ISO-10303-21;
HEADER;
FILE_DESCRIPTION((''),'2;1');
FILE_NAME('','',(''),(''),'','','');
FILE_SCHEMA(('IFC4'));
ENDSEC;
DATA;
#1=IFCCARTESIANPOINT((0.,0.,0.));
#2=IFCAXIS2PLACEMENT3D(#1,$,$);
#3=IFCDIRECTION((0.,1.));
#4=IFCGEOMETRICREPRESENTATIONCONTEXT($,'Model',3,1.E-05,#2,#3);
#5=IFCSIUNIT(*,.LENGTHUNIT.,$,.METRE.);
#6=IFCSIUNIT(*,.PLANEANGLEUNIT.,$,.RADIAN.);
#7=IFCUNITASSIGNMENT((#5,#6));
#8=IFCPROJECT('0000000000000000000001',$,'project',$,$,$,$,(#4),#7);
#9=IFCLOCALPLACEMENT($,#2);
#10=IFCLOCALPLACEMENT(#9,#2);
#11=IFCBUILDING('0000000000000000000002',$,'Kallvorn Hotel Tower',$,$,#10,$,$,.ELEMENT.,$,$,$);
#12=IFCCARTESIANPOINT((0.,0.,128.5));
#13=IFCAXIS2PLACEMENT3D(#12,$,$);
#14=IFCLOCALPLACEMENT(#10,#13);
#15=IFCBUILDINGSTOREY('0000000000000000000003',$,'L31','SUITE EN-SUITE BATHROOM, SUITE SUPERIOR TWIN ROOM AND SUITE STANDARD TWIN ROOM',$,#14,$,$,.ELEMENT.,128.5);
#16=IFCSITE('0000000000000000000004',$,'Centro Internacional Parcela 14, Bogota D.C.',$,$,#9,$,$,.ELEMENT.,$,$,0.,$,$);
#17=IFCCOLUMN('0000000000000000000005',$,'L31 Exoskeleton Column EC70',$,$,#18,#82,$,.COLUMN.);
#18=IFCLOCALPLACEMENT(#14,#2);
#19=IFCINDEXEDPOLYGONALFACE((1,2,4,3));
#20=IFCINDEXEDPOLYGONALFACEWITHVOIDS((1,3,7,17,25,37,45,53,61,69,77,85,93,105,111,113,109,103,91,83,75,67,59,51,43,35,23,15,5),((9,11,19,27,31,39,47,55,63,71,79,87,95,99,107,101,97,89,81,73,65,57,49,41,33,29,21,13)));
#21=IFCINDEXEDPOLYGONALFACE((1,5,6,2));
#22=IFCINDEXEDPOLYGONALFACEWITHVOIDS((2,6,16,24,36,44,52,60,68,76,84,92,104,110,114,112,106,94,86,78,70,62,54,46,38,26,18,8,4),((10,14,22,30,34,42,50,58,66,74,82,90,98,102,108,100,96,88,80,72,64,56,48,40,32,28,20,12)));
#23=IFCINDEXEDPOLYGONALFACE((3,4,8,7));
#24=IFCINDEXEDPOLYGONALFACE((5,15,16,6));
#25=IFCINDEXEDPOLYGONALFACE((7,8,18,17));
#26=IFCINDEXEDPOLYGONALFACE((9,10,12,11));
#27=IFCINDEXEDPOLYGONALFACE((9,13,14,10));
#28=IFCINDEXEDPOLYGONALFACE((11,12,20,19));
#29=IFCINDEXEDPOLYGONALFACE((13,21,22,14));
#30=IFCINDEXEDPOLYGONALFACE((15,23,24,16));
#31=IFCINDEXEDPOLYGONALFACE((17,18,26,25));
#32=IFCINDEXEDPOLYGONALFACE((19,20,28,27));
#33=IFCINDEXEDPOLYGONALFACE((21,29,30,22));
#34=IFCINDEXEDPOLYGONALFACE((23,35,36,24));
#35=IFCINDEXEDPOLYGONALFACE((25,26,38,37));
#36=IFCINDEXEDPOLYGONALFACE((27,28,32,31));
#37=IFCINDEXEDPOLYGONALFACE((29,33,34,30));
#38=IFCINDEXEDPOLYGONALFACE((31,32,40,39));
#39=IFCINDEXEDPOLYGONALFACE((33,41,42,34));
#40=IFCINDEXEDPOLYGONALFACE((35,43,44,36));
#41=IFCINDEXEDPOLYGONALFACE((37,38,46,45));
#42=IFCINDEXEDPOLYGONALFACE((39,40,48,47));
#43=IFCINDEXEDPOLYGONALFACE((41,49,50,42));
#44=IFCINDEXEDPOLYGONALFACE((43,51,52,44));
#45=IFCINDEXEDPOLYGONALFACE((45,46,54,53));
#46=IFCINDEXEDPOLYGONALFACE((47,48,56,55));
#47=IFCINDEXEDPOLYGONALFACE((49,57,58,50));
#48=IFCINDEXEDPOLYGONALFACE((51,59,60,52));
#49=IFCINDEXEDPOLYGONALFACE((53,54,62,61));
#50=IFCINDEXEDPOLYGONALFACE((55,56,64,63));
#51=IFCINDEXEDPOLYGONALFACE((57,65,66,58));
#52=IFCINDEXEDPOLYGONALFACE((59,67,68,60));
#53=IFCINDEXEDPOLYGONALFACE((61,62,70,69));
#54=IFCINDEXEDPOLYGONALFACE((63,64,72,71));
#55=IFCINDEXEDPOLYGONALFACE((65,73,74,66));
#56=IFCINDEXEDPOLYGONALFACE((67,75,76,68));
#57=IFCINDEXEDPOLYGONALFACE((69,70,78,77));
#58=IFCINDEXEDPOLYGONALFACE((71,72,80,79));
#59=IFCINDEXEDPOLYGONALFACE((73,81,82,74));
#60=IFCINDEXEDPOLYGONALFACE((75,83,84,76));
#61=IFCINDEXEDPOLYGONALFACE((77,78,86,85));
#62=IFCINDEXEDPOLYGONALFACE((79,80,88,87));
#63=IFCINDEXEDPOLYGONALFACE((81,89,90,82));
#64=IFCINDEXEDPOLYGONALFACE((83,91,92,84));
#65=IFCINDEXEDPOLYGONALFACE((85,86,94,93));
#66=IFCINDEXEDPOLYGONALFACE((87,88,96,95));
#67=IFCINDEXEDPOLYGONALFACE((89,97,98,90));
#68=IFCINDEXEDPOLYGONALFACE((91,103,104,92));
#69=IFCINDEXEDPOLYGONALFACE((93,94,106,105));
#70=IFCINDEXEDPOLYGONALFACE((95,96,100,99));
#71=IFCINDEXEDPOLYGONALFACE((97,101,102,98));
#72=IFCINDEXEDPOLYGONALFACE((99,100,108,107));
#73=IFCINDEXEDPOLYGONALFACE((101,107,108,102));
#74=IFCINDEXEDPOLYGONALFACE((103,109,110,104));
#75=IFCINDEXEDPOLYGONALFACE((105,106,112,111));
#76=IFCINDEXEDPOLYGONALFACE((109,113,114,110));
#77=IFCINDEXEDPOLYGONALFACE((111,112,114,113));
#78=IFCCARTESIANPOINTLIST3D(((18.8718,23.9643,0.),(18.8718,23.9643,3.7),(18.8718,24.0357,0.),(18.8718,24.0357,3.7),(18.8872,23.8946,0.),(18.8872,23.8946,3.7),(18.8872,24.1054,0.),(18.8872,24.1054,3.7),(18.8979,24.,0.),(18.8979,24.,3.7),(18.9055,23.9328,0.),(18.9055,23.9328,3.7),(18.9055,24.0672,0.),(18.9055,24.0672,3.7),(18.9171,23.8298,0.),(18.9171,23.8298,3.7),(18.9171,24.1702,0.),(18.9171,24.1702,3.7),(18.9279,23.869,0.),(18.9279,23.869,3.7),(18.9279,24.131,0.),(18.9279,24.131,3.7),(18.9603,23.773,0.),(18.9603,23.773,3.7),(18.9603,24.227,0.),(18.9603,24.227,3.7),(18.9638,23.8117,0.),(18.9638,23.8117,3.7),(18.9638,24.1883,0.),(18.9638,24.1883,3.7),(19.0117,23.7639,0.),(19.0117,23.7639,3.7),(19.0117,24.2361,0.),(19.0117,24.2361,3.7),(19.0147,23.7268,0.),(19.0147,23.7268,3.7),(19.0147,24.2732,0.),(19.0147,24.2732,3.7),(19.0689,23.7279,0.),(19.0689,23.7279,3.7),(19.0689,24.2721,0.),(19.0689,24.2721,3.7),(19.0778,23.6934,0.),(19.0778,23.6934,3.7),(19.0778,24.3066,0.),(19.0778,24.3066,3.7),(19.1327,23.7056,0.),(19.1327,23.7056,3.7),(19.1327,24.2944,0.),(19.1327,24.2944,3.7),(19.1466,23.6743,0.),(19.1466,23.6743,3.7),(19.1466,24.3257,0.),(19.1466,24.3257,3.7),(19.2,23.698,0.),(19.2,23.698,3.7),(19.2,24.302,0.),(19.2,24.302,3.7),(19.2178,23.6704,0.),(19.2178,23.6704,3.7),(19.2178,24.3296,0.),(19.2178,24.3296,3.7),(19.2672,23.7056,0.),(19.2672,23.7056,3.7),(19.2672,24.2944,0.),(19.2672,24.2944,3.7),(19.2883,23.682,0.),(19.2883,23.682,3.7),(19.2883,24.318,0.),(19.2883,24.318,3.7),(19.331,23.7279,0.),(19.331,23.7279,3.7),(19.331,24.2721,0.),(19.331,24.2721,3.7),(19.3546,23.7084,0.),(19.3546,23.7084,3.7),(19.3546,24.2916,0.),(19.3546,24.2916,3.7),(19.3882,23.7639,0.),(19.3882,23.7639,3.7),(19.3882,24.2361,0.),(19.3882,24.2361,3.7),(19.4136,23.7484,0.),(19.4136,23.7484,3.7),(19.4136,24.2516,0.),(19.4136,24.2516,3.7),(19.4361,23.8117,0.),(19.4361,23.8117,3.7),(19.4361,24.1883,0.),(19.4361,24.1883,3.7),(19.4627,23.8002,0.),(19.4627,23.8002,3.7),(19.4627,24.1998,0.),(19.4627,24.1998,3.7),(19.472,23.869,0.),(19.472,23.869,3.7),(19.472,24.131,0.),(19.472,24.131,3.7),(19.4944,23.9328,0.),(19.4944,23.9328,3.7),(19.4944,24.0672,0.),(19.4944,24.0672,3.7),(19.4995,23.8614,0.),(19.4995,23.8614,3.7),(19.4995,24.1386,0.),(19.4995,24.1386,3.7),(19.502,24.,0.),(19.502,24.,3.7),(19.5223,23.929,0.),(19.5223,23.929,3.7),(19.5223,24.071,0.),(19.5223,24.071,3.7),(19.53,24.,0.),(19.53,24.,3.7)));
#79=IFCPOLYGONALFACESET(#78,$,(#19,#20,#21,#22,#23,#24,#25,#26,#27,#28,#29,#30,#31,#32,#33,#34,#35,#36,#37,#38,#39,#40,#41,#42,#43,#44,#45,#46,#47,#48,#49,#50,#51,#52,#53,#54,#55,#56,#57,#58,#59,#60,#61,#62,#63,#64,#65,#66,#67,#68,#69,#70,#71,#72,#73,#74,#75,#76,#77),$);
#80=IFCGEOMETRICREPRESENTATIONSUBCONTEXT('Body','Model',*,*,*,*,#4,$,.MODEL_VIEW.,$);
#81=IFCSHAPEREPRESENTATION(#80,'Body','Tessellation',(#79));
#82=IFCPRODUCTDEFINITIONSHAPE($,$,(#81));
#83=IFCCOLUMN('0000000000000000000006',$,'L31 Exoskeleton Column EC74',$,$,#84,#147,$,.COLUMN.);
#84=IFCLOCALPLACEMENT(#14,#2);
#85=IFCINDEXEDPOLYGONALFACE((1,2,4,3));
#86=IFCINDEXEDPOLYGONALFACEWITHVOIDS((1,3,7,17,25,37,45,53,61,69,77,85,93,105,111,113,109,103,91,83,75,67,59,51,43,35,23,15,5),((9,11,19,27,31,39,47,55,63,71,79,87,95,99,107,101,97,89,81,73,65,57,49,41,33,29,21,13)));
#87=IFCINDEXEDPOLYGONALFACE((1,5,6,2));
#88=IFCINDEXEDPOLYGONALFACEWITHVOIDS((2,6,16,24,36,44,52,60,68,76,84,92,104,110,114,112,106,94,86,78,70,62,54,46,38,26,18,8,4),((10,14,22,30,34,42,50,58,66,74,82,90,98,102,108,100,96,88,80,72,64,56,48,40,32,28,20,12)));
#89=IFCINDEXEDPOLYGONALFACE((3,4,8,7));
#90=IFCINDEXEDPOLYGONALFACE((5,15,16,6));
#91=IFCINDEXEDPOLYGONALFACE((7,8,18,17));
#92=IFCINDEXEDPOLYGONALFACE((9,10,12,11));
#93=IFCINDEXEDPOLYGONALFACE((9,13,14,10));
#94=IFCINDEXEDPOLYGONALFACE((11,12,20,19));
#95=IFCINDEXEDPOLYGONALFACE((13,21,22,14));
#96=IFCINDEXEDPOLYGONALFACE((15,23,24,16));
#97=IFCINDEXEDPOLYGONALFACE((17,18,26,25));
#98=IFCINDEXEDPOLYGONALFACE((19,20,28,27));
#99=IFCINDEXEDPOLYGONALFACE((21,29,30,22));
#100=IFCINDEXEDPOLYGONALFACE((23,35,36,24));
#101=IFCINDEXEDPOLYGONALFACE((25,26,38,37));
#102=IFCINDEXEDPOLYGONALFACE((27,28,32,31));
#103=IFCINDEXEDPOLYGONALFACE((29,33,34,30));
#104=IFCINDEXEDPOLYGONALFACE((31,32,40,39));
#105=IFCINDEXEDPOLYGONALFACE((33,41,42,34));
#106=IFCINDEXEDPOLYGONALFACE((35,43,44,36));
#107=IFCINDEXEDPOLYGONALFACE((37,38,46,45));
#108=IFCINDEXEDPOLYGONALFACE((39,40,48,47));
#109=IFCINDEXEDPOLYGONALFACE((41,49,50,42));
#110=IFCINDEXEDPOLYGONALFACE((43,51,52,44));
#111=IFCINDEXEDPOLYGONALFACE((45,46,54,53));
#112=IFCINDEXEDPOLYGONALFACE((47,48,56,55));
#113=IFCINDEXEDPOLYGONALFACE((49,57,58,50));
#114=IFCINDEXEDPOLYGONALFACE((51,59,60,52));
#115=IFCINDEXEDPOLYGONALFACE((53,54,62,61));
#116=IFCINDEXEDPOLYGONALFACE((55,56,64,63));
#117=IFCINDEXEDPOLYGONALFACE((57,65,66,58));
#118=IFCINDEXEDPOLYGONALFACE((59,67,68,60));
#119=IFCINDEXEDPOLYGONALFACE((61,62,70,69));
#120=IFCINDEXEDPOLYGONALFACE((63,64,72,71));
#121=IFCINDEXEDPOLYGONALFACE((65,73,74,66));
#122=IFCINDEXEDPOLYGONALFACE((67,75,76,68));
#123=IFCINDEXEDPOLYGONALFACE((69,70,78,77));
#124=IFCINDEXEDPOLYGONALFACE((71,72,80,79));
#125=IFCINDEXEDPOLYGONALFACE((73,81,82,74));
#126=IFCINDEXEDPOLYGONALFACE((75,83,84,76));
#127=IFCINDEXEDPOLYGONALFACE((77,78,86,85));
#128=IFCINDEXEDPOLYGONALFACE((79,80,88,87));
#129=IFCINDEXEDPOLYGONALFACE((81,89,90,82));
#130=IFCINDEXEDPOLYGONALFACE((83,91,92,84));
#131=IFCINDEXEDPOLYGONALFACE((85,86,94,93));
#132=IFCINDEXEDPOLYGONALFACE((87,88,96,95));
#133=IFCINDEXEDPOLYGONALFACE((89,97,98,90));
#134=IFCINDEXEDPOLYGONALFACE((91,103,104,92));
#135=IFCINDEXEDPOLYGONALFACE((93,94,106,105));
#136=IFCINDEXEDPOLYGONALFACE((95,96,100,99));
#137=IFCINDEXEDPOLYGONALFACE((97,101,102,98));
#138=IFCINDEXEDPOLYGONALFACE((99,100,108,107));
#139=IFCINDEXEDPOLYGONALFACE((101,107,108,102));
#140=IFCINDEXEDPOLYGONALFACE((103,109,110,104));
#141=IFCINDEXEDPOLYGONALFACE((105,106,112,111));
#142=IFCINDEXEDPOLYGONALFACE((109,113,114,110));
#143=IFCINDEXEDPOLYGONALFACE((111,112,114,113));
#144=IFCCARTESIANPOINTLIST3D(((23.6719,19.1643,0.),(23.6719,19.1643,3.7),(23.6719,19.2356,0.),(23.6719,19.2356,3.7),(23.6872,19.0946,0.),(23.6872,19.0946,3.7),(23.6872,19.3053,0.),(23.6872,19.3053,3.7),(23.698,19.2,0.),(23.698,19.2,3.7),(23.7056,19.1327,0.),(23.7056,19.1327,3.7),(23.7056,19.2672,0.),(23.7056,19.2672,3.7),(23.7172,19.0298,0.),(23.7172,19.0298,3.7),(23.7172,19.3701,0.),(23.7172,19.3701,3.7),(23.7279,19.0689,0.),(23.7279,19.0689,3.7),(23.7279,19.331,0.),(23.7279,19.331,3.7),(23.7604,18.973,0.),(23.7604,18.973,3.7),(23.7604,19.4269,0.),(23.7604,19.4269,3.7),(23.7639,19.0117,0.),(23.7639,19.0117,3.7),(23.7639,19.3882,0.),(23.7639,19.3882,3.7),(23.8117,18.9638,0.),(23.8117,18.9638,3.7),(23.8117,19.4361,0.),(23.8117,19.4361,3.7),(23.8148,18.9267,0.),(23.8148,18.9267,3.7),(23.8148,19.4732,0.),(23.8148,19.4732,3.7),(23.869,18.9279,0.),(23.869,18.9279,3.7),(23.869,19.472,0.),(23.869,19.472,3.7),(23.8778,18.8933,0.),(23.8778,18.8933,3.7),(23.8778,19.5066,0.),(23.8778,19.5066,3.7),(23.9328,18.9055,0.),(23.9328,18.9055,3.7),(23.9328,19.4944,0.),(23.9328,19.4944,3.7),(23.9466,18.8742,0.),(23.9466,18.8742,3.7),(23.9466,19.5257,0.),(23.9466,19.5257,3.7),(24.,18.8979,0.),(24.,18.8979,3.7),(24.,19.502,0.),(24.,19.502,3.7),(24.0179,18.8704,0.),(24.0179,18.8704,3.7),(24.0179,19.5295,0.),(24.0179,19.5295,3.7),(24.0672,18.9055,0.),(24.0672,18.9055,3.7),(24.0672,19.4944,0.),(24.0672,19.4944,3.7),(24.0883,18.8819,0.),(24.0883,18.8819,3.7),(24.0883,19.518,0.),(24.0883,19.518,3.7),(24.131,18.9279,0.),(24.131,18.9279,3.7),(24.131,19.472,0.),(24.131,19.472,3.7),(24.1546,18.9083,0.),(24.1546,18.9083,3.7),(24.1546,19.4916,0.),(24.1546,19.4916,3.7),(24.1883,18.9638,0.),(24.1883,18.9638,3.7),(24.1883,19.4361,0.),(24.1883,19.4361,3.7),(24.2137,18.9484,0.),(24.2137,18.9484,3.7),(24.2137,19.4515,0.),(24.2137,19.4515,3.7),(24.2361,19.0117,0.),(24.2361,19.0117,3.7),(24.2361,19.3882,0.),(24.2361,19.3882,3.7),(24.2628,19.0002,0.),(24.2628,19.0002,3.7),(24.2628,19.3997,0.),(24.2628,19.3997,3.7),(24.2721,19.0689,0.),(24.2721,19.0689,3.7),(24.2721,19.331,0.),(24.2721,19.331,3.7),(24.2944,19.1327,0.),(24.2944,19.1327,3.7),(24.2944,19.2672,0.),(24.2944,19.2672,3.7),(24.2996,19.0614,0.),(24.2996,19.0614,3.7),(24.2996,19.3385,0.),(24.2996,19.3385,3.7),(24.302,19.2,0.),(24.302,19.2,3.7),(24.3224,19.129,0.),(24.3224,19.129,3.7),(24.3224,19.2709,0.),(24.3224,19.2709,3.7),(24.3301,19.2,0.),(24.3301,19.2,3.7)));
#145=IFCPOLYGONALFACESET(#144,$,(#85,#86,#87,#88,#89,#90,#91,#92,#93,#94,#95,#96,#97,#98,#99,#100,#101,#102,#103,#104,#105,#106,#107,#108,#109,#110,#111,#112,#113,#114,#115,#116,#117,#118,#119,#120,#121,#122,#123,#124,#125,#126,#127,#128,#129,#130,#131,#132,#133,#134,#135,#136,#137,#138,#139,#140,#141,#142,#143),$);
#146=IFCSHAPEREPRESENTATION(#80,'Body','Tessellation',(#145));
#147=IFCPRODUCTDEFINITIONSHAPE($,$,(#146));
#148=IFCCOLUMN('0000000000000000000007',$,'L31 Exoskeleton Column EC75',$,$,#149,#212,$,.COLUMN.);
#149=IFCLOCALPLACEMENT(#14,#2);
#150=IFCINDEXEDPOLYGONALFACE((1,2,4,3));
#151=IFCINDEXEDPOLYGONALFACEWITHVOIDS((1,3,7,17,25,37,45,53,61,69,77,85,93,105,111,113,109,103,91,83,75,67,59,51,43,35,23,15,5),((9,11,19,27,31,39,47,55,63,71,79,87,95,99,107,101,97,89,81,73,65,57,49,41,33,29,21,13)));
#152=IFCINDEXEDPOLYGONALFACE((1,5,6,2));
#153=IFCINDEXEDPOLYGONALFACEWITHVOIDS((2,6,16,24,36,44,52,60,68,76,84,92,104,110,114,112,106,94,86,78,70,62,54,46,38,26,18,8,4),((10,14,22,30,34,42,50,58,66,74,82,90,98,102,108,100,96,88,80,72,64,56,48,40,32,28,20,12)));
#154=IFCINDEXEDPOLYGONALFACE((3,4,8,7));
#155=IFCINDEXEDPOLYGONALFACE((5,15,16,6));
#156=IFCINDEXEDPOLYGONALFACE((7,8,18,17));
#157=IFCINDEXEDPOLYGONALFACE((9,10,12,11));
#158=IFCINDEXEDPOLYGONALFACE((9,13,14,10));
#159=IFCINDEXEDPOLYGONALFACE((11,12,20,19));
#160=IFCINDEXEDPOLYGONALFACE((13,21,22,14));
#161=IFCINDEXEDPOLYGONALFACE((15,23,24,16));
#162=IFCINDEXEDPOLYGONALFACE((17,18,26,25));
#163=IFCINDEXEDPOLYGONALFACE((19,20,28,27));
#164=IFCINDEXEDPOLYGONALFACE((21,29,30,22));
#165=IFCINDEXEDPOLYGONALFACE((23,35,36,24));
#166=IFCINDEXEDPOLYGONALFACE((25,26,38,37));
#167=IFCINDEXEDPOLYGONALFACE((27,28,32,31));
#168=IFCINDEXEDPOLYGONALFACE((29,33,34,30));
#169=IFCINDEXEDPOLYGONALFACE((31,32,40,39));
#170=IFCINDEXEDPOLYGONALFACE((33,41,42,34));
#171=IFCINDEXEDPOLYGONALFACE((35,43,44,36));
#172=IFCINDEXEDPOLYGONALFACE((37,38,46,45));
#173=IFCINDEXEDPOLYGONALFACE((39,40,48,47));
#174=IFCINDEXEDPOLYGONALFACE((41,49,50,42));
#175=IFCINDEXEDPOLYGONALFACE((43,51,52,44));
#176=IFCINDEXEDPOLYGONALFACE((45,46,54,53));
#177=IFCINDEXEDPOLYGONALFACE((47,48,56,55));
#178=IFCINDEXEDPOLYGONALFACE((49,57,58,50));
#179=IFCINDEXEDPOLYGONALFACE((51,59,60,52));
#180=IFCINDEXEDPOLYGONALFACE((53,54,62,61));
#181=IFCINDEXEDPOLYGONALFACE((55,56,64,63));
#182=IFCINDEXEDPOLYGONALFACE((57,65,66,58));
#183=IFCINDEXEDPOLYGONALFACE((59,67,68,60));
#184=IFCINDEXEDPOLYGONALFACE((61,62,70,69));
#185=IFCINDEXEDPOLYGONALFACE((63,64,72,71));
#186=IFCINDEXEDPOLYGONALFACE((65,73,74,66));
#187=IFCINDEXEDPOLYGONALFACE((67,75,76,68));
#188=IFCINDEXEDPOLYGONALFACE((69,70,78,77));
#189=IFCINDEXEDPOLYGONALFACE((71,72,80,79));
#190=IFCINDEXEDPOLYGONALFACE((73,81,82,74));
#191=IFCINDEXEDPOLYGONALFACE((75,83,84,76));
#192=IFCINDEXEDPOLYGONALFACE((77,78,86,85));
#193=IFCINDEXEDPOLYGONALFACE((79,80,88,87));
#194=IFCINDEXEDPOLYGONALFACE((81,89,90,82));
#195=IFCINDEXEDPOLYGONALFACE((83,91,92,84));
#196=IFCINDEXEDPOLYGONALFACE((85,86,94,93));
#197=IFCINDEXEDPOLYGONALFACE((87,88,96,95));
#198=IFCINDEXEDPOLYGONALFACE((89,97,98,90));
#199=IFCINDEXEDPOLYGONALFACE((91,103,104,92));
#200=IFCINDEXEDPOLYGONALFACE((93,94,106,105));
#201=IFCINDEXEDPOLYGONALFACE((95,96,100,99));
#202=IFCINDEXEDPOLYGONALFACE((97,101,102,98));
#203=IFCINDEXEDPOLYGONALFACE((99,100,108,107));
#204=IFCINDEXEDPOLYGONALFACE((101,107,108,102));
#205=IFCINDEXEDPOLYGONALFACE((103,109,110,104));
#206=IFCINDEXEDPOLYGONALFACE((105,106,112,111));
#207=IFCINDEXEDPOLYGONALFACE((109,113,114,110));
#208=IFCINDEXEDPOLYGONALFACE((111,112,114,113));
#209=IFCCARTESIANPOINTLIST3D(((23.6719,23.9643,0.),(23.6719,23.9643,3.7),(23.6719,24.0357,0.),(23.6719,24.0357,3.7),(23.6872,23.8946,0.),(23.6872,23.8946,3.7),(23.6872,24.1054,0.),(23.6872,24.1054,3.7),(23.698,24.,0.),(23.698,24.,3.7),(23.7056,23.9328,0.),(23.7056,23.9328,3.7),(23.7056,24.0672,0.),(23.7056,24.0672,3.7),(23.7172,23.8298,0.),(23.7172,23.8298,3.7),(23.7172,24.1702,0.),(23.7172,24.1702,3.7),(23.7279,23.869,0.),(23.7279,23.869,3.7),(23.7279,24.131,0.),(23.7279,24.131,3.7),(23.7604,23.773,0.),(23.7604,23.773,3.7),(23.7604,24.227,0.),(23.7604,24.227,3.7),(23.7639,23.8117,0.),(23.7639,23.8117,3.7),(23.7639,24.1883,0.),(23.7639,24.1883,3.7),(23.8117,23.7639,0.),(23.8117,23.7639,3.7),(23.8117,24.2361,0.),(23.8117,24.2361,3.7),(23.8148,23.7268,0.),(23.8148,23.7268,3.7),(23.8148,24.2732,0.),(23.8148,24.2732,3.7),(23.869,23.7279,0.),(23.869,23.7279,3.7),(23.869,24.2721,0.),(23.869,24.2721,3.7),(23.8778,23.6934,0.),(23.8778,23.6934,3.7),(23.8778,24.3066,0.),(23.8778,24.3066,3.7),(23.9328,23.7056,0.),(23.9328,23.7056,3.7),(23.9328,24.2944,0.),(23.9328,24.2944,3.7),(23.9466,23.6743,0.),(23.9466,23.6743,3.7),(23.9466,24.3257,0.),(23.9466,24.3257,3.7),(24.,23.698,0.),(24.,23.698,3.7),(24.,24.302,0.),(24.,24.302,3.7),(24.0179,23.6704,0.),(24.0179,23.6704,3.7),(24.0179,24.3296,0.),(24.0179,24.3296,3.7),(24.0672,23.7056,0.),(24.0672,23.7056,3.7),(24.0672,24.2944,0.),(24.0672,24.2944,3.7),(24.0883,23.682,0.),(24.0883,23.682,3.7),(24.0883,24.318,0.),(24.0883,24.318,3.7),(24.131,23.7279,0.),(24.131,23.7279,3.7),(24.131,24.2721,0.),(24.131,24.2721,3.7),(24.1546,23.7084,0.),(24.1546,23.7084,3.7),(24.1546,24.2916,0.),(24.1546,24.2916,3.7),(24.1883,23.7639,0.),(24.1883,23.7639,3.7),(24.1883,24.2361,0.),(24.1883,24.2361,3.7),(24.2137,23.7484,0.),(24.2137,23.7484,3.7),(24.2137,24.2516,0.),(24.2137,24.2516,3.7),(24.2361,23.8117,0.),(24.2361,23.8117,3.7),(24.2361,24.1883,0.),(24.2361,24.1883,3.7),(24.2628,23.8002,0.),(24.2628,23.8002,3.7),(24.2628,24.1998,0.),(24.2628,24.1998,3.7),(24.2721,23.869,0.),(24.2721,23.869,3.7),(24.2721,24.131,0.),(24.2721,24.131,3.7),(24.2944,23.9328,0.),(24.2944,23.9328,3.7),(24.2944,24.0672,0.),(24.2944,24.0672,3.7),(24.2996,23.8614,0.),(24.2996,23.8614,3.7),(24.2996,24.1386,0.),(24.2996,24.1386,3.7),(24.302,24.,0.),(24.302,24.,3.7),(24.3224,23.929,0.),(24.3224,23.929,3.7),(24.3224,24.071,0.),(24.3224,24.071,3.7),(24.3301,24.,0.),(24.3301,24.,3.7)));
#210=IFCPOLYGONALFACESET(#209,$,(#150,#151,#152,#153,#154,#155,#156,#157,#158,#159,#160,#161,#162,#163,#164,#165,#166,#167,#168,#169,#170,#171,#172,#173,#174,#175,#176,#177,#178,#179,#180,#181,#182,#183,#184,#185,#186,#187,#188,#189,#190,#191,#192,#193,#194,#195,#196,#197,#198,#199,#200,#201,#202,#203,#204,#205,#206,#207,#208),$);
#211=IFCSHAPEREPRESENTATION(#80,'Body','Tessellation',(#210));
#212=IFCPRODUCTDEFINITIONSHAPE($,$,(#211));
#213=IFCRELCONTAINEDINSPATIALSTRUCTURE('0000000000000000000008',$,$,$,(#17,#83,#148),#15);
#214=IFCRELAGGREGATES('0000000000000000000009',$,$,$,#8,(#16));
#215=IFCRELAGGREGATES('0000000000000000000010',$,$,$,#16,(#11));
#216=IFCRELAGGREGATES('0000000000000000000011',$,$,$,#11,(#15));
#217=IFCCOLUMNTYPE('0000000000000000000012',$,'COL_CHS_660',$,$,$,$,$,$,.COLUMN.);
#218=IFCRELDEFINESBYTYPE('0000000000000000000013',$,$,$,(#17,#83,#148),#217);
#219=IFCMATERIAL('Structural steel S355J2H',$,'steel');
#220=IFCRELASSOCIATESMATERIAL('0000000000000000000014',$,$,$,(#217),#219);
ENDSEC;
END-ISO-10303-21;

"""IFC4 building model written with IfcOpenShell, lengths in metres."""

from ifc_helpers import new_model, si_unit, direction, frame, origin, origin_2d, place, context, subcontext, project, spatial, hollow_circle, extrude, material, material_profile, profile_set, type_object, element, save


model = new_model("IFC4")

# Units and contexts
model_context = context("Model", 3, precision=1e-05, world=origin(), true_north=direction((0.0, 1.0)))
body_context = subcontext(model_context, "Body", "Model", "MODEL_VIEW")
ifc_project = project(units=[si_unit("LENGTHUNIT", "METRE"), si_unit("PLANEANGLEUNIT", "RADIAN")], contexts=[model_context])

# Site, building, storey
site_placement = place(None, origin())
site = spatial("IfcSite", under=ifc_project, at=site_placement, Name="Centro Internacional Parcela 14, Bogota D.C.", CompositionType="ELEMENT", RefElevation=0.0)
building_placement = place(site_placement, origin())
building = spatial("IfcBuilding", under=site, at=building_placement, Name="Kallvorn Hotel Tower", CompositionType="ELEMENT")
storey_placement = place(building_placement, frame((0.0, 0.0, 128.5)))
storey = spatial("IfcBuildingStorey", under=building, at=storey_placement, Name="L31", Description="SUITE EN-SUITE BATHROOM, SUITE SUPERIOR TWIN ROOM AND SUITE STANDARD TWIN ROOM", CompositionType="ELEMENT", Elevation=128.5)

# Columns
ifc_material_1 = material(Name="Structural steel S355J2H", Category="steel")
ifc_material_profile_1 = material_profile(ifc_material_1, hollow_circle(Radius=0.3301, WallThickness=0.0281, at=origin_2d()), Name="CHS 660x28")
ifc_profile_set_1 = profile_set([ifc_material_profile_1], Name="Structural steel S355J2H")
column_type = type_object("IfcColumnType", Name="COL_CHS_660", PredefinedType="COLUMN", material=ifc_profile_set_1)
for number, where, z_axis, x_axis, name in (
    (1, (19.2, 24.0, 0.0), (0.0, 0.0, 1.0), (1.0, 0.0, 0.0), "L31 Exoskeleton Column EC70"),
    (2, (24.0, 19.2, 0.0), (0.0, 0.0, 1.0), (1.0, 0.0, 0.0), "L31 Exoskeleton Column EC74"),
    (3, (24.0, 24.0, 0.0), (0.0, 0.0, 1.0), (1.0, 0.0, 0.0), "L31 Exoskeleton Column EC75"),
):
    element("IfcColumn", number, at=place(storey_placement, frame(where, z_axis=z_axis, x_axis=x_axis)), inside=storey, type_object=column_type, Name=name, PredefinedType="COLUMN", context=body_context, shape_type="SweptSolid", body=[
        extrude(hollow_circle(Radius=0.3301, WallThickness=0.0281, at=origin_2d()), origin(), (0.0, 0.0, 1.0), 3.7),
    ])

save(model, "model.ifc")
